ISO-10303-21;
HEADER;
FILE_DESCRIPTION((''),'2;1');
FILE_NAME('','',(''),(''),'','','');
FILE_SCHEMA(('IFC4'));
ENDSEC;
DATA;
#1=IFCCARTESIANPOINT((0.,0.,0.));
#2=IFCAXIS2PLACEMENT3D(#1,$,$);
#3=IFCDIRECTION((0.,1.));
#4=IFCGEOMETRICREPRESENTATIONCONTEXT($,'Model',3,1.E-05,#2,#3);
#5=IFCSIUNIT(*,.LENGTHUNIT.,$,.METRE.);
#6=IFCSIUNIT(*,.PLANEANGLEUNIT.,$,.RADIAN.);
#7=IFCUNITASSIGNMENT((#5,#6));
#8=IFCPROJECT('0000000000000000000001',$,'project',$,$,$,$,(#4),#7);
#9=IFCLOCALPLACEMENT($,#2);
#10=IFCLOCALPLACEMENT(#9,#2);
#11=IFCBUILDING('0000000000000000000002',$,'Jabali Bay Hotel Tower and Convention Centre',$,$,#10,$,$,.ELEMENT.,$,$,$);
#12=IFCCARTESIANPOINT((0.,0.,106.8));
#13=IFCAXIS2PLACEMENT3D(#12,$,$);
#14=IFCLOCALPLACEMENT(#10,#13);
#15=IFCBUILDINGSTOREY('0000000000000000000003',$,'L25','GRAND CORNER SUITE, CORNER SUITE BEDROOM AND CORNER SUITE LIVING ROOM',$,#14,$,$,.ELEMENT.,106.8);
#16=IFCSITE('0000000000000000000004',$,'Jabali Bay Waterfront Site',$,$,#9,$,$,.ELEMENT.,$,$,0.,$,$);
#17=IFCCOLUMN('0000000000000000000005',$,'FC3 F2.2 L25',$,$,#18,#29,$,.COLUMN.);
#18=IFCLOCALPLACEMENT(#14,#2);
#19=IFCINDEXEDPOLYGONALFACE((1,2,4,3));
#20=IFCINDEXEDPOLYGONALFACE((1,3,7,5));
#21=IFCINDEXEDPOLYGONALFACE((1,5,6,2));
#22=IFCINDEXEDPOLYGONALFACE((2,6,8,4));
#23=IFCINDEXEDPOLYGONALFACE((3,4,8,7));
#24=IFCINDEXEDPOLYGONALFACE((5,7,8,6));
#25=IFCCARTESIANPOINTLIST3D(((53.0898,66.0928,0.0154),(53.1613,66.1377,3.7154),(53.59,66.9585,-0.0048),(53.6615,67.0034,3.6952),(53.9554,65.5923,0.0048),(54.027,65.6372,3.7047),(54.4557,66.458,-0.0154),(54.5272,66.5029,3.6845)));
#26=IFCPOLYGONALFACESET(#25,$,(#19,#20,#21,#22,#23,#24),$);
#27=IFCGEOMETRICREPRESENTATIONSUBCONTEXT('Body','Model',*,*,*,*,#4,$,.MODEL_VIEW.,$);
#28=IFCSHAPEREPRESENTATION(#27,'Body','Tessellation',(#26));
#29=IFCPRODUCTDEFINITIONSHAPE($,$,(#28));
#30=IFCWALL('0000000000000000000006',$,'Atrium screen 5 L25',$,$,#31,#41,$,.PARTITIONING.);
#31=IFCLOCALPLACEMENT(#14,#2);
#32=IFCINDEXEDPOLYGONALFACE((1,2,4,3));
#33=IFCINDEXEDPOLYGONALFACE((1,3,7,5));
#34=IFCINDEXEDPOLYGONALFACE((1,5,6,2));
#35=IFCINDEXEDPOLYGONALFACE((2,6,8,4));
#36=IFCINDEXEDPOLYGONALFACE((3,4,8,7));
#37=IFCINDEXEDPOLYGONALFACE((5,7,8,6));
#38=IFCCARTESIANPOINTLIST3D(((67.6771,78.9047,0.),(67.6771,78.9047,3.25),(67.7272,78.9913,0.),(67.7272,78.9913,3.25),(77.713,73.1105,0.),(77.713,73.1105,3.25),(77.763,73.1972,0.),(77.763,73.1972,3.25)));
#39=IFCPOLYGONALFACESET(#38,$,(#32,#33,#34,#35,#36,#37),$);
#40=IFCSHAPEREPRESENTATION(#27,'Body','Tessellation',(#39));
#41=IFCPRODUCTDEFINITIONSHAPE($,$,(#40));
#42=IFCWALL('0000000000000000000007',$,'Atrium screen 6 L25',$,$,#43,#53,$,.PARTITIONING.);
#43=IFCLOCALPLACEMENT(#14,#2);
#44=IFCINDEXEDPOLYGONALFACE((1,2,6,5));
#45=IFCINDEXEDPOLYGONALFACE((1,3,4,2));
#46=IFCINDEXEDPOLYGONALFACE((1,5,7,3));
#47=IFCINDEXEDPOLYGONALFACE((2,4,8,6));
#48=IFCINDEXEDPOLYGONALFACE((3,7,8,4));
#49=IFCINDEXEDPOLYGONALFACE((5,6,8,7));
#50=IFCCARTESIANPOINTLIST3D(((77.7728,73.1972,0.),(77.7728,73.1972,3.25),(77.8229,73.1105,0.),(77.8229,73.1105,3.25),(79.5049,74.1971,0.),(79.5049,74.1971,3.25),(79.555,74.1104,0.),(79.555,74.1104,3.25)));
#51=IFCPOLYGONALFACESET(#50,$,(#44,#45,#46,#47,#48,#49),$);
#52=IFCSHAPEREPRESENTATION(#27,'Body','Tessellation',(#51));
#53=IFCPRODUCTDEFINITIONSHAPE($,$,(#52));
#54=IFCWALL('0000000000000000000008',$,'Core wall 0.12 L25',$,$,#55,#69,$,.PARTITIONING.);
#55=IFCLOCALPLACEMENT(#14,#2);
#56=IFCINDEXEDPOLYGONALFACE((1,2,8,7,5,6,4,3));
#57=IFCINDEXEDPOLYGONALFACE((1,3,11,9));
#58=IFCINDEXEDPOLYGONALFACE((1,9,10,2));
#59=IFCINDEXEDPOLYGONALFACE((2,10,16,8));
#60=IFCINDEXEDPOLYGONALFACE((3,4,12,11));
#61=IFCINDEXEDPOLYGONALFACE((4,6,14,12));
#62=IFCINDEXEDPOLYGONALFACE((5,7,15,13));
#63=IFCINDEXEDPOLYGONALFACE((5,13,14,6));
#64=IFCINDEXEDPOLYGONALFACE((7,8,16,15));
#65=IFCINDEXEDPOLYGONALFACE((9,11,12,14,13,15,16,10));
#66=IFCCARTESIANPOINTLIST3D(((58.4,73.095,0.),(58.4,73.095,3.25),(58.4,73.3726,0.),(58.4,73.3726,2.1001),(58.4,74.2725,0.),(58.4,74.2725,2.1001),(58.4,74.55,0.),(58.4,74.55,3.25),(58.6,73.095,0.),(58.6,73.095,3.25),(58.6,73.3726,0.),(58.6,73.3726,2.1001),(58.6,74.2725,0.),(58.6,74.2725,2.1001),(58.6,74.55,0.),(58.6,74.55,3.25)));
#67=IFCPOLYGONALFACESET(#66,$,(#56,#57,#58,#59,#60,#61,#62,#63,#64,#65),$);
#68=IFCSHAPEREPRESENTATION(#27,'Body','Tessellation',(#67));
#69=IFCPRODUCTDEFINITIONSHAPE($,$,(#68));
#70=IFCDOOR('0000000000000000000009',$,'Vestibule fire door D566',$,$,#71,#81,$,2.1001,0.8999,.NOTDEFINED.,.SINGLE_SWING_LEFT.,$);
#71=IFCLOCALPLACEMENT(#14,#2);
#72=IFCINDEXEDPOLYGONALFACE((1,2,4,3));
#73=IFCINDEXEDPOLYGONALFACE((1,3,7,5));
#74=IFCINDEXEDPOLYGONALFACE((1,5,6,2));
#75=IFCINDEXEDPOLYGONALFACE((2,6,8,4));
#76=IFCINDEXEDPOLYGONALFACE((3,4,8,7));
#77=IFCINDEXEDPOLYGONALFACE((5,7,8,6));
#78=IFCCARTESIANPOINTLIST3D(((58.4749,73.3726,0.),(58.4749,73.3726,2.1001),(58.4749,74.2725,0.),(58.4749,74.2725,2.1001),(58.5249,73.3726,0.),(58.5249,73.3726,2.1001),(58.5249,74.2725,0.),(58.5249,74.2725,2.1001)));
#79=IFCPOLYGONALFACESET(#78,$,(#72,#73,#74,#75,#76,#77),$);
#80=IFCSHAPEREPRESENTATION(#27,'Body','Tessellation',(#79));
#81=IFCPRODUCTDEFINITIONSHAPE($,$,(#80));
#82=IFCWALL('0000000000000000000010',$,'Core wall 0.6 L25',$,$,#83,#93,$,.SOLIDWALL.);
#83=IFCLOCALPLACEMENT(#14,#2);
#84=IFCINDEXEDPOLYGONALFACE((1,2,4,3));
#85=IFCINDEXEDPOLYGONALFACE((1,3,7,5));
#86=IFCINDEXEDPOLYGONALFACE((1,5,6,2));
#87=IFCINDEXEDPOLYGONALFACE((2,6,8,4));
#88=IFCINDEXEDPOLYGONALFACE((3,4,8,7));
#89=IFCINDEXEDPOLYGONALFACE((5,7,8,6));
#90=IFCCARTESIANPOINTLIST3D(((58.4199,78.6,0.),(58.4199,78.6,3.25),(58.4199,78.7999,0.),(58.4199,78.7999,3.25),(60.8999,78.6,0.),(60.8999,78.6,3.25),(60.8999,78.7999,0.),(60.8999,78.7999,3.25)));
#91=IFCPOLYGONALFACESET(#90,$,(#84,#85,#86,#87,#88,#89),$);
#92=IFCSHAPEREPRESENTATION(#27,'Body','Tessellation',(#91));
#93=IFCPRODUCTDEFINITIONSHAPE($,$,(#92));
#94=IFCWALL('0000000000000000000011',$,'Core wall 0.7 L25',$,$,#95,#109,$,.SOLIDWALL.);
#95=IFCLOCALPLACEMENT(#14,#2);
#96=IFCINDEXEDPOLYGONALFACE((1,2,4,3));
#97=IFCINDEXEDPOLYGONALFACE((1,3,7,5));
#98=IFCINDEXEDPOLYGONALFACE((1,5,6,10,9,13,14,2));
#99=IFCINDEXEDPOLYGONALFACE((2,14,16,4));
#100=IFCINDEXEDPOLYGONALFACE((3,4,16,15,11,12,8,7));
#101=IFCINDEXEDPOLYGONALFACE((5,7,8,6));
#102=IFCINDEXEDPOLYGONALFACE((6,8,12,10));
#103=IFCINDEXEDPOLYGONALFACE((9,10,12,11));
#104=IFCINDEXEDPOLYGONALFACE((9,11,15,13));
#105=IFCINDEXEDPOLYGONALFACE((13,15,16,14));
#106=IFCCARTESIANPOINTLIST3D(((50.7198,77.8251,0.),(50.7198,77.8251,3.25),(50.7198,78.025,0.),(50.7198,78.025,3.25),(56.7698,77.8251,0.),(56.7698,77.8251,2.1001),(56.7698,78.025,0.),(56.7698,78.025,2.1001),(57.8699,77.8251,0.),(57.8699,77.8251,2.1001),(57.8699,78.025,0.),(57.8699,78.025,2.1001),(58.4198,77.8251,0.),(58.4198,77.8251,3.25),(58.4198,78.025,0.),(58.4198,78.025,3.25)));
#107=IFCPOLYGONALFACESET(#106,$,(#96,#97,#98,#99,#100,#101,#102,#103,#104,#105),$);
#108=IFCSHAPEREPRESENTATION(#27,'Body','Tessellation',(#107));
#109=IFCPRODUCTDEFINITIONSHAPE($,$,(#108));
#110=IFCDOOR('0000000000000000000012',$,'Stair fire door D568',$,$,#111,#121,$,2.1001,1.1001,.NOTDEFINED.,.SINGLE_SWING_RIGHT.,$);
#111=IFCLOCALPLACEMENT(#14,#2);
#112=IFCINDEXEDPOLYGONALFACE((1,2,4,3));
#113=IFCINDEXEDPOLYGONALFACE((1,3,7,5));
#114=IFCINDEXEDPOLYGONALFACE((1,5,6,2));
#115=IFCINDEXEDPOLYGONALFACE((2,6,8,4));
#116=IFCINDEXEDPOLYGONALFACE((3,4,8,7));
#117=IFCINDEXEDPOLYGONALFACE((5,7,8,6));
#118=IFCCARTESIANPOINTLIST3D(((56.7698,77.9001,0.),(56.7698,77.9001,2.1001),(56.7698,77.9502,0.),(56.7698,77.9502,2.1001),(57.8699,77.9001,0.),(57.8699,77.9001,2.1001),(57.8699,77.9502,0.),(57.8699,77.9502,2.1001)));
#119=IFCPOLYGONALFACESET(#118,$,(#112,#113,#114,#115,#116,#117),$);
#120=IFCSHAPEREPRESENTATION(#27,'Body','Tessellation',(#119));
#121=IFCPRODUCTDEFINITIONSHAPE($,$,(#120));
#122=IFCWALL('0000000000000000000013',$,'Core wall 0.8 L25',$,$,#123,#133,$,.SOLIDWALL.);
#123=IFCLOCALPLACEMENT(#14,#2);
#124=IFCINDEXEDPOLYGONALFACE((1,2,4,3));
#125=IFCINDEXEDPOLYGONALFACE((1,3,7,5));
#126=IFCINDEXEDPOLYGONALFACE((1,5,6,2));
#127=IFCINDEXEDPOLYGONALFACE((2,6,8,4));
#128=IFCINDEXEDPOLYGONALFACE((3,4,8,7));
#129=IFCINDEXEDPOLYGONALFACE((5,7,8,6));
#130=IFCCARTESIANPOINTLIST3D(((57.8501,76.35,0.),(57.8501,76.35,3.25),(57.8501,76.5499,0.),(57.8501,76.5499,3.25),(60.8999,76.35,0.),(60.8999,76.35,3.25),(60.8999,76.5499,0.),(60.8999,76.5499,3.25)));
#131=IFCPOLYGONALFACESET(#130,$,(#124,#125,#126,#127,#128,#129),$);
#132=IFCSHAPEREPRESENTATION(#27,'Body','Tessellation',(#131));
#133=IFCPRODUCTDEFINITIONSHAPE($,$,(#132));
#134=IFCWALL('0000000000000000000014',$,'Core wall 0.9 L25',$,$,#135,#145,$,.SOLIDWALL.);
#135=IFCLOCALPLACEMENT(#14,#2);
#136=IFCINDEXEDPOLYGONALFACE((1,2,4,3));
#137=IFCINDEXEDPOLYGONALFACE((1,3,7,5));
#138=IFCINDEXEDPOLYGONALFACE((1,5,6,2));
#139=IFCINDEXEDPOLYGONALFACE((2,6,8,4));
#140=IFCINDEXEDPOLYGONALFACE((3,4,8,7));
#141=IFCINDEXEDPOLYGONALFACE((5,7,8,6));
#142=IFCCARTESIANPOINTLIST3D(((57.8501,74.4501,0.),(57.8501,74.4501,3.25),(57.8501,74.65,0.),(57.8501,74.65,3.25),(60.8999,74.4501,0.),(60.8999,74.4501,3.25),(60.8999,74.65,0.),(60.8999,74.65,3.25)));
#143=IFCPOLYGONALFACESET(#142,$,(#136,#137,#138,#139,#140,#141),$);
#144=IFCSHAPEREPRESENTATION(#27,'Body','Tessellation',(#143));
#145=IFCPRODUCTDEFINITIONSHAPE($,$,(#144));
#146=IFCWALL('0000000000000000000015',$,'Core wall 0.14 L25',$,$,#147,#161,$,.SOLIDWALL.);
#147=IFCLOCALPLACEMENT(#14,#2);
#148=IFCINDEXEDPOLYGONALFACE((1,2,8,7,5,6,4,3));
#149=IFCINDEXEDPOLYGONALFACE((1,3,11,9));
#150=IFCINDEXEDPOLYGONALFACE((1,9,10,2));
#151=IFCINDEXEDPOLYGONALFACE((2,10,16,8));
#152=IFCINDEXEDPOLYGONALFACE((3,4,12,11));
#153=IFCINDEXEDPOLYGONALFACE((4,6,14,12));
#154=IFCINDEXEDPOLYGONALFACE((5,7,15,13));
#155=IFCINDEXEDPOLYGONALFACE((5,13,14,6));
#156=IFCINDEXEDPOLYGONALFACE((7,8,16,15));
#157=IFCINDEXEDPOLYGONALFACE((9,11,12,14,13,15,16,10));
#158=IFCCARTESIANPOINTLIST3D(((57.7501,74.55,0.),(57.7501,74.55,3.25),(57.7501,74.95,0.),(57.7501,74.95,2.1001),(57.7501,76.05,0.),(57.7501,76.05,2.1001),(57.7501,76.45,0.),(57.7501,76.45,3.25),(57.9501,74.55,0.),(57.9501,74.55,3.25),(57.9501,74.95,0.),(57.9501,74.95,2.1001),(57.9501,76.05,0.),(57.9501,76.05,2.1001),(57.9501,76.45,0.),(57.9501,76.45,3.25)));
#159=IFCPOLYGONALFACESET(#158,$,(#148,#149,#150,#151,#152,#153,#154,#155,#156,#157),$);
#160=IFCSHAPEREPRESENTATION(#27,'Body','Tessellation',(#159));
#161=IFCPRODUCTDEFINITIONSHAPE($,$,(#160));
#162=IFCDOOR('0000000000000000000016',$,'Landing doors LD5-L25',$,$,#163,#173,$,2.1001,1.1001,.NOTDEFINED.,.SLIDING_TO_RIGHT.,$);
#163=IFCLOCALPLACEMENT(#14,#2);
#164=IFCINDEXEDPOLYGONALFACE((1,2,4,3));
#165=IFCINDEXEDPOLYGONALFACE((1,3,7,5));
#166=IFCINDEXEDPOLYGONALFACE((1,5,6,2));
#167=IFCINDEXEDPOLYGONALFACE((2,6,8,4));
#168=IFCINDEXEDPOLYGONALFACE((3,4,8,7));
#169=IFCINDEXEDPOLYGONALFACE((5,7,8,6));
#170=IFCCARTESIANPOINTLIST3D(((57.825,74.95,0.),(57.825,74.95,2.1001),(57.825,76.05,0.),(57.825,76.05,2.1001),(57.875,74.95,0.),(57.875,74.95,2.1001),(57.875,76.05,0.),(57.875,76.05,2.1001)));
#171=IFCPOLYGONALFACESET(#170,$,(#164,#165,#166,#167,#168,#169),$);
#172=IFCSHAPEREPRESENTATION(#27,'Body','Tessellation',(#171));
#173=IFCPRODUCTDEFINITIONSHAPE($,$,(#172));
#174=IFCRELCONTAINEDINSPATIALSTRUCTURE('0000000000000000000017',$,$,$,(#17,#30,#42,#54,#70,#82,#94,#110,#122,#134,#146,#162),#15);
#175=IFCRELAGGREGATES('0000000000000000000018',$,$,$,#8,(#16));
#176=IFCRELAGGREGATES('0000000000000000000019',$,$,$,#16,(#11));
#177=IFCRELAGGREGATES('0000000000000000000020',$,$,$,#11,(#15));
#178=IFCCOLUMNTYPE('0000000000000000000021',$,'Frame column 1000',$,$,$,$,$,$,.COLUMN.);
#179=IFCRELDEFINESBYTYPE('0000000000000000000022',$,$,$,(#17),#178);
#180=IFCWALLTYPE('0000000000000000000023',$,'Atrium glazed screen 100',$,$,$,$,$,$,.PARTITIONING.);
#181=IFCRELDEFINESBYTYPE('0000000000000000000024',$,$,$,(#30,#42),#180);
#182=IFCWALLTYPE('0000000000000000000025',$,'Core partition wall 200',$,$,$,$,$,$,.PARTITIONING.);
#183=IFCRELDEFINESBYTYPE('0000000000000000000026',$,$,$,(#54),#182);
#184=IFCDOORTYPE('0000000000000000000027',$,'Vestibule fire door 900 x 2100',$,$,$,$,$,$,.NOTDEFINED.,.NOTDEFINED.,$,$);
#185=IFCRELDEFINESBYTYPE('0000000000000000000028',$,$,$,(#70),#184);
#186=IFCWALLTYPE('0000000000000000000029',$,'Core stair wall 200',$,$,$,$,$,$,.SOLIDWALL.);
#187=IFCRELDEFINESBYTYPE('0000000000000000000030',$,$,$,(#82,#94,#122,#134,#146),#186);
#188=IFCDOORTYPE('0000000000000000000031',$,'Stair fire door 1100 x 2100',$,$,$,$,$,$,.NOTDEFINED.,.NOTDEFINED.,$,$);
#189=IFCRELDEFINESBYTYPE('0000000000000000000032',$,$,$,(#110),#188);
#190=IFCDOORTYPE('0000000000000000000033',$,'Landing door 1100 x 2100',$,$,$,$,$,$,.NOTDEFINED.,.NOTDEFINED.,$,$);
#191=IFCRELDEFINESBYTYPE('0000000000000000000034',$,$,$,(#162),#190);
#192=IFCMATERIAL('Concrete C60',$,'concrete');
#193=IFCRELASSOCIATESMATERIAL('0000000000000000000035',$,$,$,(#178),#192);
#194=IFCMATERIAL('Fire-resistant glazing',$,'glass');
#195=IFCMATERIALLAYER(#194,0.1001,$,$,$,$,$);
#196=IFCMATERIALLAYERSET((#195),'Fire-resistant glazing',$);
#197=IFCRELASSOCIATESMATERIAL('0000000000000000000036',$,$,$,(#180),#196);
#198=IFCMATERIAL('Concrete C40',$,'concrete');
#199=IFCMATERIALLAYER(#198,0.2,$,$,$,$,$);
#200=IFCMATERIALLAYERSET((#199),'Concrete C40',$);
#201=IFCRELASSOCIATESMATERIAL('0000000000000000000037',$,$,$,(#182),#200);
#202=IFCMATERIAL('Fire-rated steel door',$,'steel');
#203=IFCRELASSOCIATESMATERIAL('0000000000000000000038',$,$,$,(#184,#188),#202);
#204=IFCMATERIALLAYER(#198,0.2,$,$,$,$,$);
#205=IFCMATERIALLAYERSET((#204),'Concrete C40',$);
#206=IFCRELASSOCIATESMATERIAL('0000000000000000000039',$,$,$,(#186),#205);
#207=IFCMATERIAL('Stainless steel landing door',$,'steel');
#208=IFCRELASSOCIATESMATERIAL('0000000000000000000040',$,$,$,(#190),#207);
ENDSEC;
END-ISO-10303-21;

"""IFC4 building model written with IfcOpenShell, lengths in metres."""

from ifc_helpers import new_model, si_unit, direction, frame, frame_2d, origin, origin_2d, place, context, subcontext, project, spatial, rectangle, extrude, material, layer, layer_set, material_profile, profile_set, type_object, element, fill, save


model = new_model("IFC4")

# Units and contexts
model_context = context("Model", 3, precision=1e-05, world=origin(), true_north=direction((0.0, 1.0)))
body_context = subcontext(model_context, "Body", "Model", "MODEL_VIEW")
ifc_project = project(units=[si_unit("LENGTHUNIT", "METRE"), si_unit("PLANEANGLEUNIT", "RADIAN")], contexts=[model_context])

# Site, building, storey
site_placement = place(None, origin())
site = spatial("IfcSite", under=ifc_project, at=site_placement, Name="Jabali Bay Waterfront Site", CompositionType="ELEMENT", RefElevation=0.0)
building_placement = place(site_placement, origin())
building = spatial("IfcBuilding", under=site, at=building_placement, Name="Jabali Bay Hotel Tower and Convention Centre", CompositionType="ELEMENT")
storey_placement = place(building_placement, frame((0.0, 0.0, 106.8)))
storey = spatial("IfcBuildingStorey", under=building, at=storey_placement, Name="L25", Description="GRAND CORNER SUITE, CORNER SUITE BEDROOM AND CORNER SUITE LIVING ROOM", CompositionType="ELEMENT", Elevation=106.8)

# Column
ifc_material_1 = material(Name="Concrete C60", Category="concrete")
ifc_material_profile = material_profile(ifc_material_1, rectangle(XDim=1.0, YDim=1.0, at=origin_2d()), Name="Frame column 1000")
ifc_profile_set = profile_set([ifc_material_profile], Name="Concrete C60")
column_type = type_object("IfcColumnType", Name="Frame column 1000", PredefinedType="COLUMN", material=ifc_profile_set)
column_placement = place(storey_placement, frame((53.7727, 66.2754, 0.0), z_axis=(0.019329, 0.012138, 0.99974), x_axis=(-0.865691, 0.500465, 0.010661)))
element("IfcColumn", 1, at=column_placement, inside=storey, type_object=column_type, Name="FC3 F2.2 L25", PredefinedType="COLUMN", context=body_context, shape_type="SweptSolid", body=[
    extrude(rectangle(XDim=1.0, YDim=1.0, at=origin_2d()), origin(), (0.0, 0.0, 1.0), 3.7009),
])

# Walls
ifc_material_2 = material(Name="Fire-resistant glazing", Category="glass")
ifc_layer_1 = layer(ifc_material_2, 0.1001)
ifc_layer_set_1 = layer_set([ifc_layer_1], Name="Fire-resistant glazing")
wall_type_1 = type_object("IfcWallType", Name="Atrium glazed screen 100", PredefinedType="PARTITIONING", material=ifc_layer_set_1)
wall_1_placement = place(storey_placement, frame((67.7021, 78.948, 0.0), z_axis=(0.0, 0.0, 1.0), x_axis=(0.866027, -0.499998, 0.0)))
element("IfcWall", 2, at=wall_1_placement, inside=storey, type_object=wall_type_1, Name="Atrium screen 5 L25", PredefinedType="PARTITIONING", context=body_context, shape_type="SweptSolid", body=[
    extrude(rectangle(XDim=11.5884, YDim=0.1001, at=frame_2d((5.7942, 0.0))), origin(), (0.0, 0.0, 1.0), 3.25),
])
wall_2_placement = place(storey_placement, frame((77.7979, 73.1538, 0.0), z_axis=(0.0, 0.0, 1.0), x_axis=(0.866041, 0.499973, 0.0)))
element("IfcWall", 3, at=wall_2_placement, inside=storey, type_object=wall_type_1, Name="Atrium screen 6 L25", PredefinedType="PARTITIONING", context=body_context, shape_type="SweptSolid", body=[
    extrude(rectangle(XDim=2.0, YDim=0.1001, at=frame_2d((1.0, 0.0))), origin(), (0.0, 0.0, 1.0), 3.25),
])

# Wall, opening, door
ifc_material_3 = material(Name="Concrete C40", Category="concrete")
ifc_layer_2 = layer(ifc_material_3, 0.2)
ifc_layer_set_2 = layer_set([ifc_layer_2], Name="Concrete C40")
wall_type_2 = type_object("IfcWallType", Name="Core partition wall 200", PredefinedType="PARTITIONING", material=ifc_layer_set_2)
wall_3_placement = place(storey_placement, frame((58.5, 74.55, 0.0), z_axis=(0.0, 0.0, 1.0), x_axis=(0.0, -1.0, 0.0)))
wall_3 = element("IfcWall", 4, at=wall_3_placement, inside=storey, type_object=wall_type_2, Name="Core wall 0.12 L25", PredefinedType="PARTITIONING", context=body_context, shape_type="SweptSolid", body=[
    extrude(rectangle(XDim=1.4551, YDim=0.2, at=frame_2d((0.7275, 0.0))), origin(), (0.0, 0.0, 1.0), 3.25),
])
opening_1_placement = place(wall_3_placement, frame((0.2776, 0.0, 0.0)))
opening_1 = element("IfcOpeningElement", 5, at=opening_1_placement, cuts=wall_3, PredefinedType="OPENING", context=body_context, shape_type="SweptSolid", body=[
    extrude(rectangle(XDim=0.8999, YDim=2.1001, at=frame_2d((0.45, 1.05))), frame((0.0, 0.1104, 0.0), z_axis=(0.0, -1.0, 0.0), x_axis=(1.0, 0.0, 0.0)), (0.0, 0.0, 1.0), 0.2209),
])
ifc_material_4 = material(Name="Fire-rated steel door", Category="steel")
door_type_1 = type_object("IfcDoorType", Name="Vestibule fire door 900 x 2100", OperationType="NOTDEFINED", PredefinedType="NOTDEFINED", material=ifc_material_4)
door_1_placement = place(opening_1_placement, origin())
door_1 = element("IfcDoor", 6, at=door_1_placement, inside=storey, type_object=door_type_1, Name="Vestibule fire door D566", OperationType="SINGLE_SWING_LEFT", OverallHeight=2.1001, OverallWidth=0.8999, PredefinedType="NOTDEFINED", context=body_context, shape_type="SweptSolid", body=[
    extrude(rectangle(XDim=0.8999, YDim=2.1001, at=frame_2d((0.45, 1.05))), frame((0.0, 0.0249, 0.0), z_axis=(0.0, -1.0, 0.0), x_axis=(1.0, 0.0, 0.0)), (0.0, 0.0, 1.0), 0.05),
])
fill(opening_1, door_1)

# Wall
ifc_layer_3 = layer(ifc_material_3, 0.2)
ifc_layer_set_3 = layer_set([ifc_layer_3], Name="Concrete C40")
wall_type_3 = type_object("IfcWallType", Name="Core stair wall 200", PredefinedType="SOLIDWALL", material=ifc_layer_set_3)
wall_4_placement = place(storey_placement, frame((60.8999, 78.7, 0.0), z_axis=(0.0, 0.0, 1.0), x_axis=(-1.0, 0.0, 0.0)))
element("IfcWall", 7, at=wall_4_placement, inside=storey, type_object=wall_type_3, Name="Core wall 0.6 L25", PredefinedType="SOLIDWALL", context=body_context, shape_type="SweptSolid", body=[
    extrude(rectangle(XDim=2.48, YDim=0.2, at=frame_2d((1.24, 0.0))), origin(), (0.0, 0.0, 1.0), 3.25),
])

# Wall, opening, door
wall_5_placement = place(storey_placement, frame((58.4199, 77.925, 0.0), z_axis=(0.0, 0.0, 1.0), x_axis=(-1.0, 0.0, 0.0)))
wall_5 = element("IfcWall", 8, at=wall_5_placement, inside=storey, type_object=wall_type_3, Name="Core wall 0.7 L25", PredefinedType="SOLIDWALL", context=body_context, shape_type="SweptSolid", body=[
    extrude(rectangle(XDim=7.7, YDim=0.2, at=frame_2d((3.8501, 0.0))), origin(), (0.0, 0.0, 1.0), 3.25),
])
opening_2_placement = place(wall_5_placement, frame((0.55, 0.0, 0.0)))
opening_2 = element("IfcOpeningElement", 9, at=opening_2_placement, cuts=wall_5, PredefinedType="OPENING", context=body_context, shape_type="SweptSolid", body=[
    extrude(rectangle(XDim=1.1001, YDim=2.1001, at=frame_2d((0.55, 1.05))), frame((0.0, 0.1104, 0.0), z_axis=(0.0, -1.0, 0.0), x_axis=(1.0, 0.0, 0.0)), (0.0, 0.0, 1.0), 0.2209),
])
door_type_2 = type_object("IfcDoorType", Name="Stair fire door 1100 x 2100", OperationType="NOTDEFINED", PredefinedType="NOTDEFINED", material=ifc_material_4)
door_2_placement = place(opening_2_placement, origin())
door_2 = element("IfcDoor", 10, at=door_2_placement, inside=storey, type_object=door_type_2, Name="Stair fire door D568", OperationType="SINGLE_SWING_RIGHT", OverallHeight=2.1001, OverallWidth=1.1001, PredefinedType="NOTDEFINED", context=body_context, shape_type="SweptSolid", body=[
    extrude(rectangle(XDim=1.1001, YDim=2.1001, at=frame_2d((0.55, 1.05))), frame((0.0, 0.0249, 0.0), z_axis=(0.0, -1.0, 0.0), x_axis=(1.0, 0.0, 0.0)), (0.0, 0.0, 1.0), 0.05),
])
fill(opening_2, door_2)

# Walls
for number, where, z_axis, x_axis, name in (
    (11, (60.8999, 76.45, 0.0), (0.0, 0.0, 1.0), (-1.0, 0.0, 0.0), "Core wall 0.8 L25"),
    (12, (60.8999, 74.55, 0.0), (0.0, 0.0, 1.0), (-1.0, 0.0, 0.0), "Core wall 0.9 L25"),
):
    element("IfcWall", number, at=place(storey_placement, frame(where, z_axis=z_axis, x_axis=x_axis)), inside=storey, type_object=wall_type_3, Name=name, PredefinedType="SOLIDWALL", context=body_context, shape_type="SweptSolid", body=[
        extrude(rectangle(XDim=3.0498, YDim=0.2, at=frame_2d((1.5249, 0.0))), origin(), (0.0, 0.0, 1.0), 3.25),
    ])

# Wall, opening, door
wall_6_placement = place(storey_placement, frame((57.8501, 76.45, 0.0), z_axis=(0.0, 0.0, 1.0), x_axis=(0.0, -1.0, 0.0)))
wall_6 = element("IfcWall", 13, at=wall_6_placement, inside=storey, type_object=wall_type_3, Name="Core wall 0.14 L25", PredefinedType="SOLIDWALL", context=body_context, shape_type="SweptSolid", body=[
    extrude(rectangle(XDim=1.8999, YDim=0.2, at=frame_2d((0.95, 0.0))), origin(), (0.0, 0.0, 1.0), 3.25),
])
opening_3_placement = place(wall_6_placement, frame((0.3999, 0.0, 0.0)))
opening_3 = element("IfcOpeningElement", 14, at=opening_3_placement, cuts=wall_6, PredefinedType="OPENING", context=body_context, shape_type="SweptSolid", body=[
    extrude(rectangle(XDim=1.1001, YDim=2.1001, at=frame_2d((0.55, 1.05))), frame((0.0, 0.1104, 0.0), z_axis=(0.0, -1.0, 0.0), x_axis=(1.0, 0.0, 0.0)), (0.0, 0.0, 1.0), 0.2209),
])
ifc_material_5 = material(Name="Stainless steel landing door", Category="steel")
door_type_3 = type_object("IfcDoorType", Name="Landing door 1100 x 2100", OperationType="NOTDEFINED", PredefinedType="NOTDEFINED", material=ifc_material_5)
door_3_placement = place(opening_3_placement, origin())
door_3 = element("IfcDoor", 15, at=door_3_placement, inside=storey, type_object=door_type_3, Name="Landing doors LD5-L25", OperationType="SLIDING_TO_RIGHT", OverallHeight=2.1001, OverallWidth=1.1001, PredefinedType="NOTDEFINED", context=body_context, shape_type="SweptSolid", body=[
    extrude(rectangle(XDim=1.1001, YDim=2.1001, at=frame_2d((0.55, 1.05))), frame((0.0, 0.0249, 0.0), z_axis=(0.0, -1.0, 0.0), x_axis=(1.0, 0.0, 0.0)), (0.0, 0.0, 1.0), 0.05),
])
fill(opening_3, door_3)

save(model, "model.ifc")
